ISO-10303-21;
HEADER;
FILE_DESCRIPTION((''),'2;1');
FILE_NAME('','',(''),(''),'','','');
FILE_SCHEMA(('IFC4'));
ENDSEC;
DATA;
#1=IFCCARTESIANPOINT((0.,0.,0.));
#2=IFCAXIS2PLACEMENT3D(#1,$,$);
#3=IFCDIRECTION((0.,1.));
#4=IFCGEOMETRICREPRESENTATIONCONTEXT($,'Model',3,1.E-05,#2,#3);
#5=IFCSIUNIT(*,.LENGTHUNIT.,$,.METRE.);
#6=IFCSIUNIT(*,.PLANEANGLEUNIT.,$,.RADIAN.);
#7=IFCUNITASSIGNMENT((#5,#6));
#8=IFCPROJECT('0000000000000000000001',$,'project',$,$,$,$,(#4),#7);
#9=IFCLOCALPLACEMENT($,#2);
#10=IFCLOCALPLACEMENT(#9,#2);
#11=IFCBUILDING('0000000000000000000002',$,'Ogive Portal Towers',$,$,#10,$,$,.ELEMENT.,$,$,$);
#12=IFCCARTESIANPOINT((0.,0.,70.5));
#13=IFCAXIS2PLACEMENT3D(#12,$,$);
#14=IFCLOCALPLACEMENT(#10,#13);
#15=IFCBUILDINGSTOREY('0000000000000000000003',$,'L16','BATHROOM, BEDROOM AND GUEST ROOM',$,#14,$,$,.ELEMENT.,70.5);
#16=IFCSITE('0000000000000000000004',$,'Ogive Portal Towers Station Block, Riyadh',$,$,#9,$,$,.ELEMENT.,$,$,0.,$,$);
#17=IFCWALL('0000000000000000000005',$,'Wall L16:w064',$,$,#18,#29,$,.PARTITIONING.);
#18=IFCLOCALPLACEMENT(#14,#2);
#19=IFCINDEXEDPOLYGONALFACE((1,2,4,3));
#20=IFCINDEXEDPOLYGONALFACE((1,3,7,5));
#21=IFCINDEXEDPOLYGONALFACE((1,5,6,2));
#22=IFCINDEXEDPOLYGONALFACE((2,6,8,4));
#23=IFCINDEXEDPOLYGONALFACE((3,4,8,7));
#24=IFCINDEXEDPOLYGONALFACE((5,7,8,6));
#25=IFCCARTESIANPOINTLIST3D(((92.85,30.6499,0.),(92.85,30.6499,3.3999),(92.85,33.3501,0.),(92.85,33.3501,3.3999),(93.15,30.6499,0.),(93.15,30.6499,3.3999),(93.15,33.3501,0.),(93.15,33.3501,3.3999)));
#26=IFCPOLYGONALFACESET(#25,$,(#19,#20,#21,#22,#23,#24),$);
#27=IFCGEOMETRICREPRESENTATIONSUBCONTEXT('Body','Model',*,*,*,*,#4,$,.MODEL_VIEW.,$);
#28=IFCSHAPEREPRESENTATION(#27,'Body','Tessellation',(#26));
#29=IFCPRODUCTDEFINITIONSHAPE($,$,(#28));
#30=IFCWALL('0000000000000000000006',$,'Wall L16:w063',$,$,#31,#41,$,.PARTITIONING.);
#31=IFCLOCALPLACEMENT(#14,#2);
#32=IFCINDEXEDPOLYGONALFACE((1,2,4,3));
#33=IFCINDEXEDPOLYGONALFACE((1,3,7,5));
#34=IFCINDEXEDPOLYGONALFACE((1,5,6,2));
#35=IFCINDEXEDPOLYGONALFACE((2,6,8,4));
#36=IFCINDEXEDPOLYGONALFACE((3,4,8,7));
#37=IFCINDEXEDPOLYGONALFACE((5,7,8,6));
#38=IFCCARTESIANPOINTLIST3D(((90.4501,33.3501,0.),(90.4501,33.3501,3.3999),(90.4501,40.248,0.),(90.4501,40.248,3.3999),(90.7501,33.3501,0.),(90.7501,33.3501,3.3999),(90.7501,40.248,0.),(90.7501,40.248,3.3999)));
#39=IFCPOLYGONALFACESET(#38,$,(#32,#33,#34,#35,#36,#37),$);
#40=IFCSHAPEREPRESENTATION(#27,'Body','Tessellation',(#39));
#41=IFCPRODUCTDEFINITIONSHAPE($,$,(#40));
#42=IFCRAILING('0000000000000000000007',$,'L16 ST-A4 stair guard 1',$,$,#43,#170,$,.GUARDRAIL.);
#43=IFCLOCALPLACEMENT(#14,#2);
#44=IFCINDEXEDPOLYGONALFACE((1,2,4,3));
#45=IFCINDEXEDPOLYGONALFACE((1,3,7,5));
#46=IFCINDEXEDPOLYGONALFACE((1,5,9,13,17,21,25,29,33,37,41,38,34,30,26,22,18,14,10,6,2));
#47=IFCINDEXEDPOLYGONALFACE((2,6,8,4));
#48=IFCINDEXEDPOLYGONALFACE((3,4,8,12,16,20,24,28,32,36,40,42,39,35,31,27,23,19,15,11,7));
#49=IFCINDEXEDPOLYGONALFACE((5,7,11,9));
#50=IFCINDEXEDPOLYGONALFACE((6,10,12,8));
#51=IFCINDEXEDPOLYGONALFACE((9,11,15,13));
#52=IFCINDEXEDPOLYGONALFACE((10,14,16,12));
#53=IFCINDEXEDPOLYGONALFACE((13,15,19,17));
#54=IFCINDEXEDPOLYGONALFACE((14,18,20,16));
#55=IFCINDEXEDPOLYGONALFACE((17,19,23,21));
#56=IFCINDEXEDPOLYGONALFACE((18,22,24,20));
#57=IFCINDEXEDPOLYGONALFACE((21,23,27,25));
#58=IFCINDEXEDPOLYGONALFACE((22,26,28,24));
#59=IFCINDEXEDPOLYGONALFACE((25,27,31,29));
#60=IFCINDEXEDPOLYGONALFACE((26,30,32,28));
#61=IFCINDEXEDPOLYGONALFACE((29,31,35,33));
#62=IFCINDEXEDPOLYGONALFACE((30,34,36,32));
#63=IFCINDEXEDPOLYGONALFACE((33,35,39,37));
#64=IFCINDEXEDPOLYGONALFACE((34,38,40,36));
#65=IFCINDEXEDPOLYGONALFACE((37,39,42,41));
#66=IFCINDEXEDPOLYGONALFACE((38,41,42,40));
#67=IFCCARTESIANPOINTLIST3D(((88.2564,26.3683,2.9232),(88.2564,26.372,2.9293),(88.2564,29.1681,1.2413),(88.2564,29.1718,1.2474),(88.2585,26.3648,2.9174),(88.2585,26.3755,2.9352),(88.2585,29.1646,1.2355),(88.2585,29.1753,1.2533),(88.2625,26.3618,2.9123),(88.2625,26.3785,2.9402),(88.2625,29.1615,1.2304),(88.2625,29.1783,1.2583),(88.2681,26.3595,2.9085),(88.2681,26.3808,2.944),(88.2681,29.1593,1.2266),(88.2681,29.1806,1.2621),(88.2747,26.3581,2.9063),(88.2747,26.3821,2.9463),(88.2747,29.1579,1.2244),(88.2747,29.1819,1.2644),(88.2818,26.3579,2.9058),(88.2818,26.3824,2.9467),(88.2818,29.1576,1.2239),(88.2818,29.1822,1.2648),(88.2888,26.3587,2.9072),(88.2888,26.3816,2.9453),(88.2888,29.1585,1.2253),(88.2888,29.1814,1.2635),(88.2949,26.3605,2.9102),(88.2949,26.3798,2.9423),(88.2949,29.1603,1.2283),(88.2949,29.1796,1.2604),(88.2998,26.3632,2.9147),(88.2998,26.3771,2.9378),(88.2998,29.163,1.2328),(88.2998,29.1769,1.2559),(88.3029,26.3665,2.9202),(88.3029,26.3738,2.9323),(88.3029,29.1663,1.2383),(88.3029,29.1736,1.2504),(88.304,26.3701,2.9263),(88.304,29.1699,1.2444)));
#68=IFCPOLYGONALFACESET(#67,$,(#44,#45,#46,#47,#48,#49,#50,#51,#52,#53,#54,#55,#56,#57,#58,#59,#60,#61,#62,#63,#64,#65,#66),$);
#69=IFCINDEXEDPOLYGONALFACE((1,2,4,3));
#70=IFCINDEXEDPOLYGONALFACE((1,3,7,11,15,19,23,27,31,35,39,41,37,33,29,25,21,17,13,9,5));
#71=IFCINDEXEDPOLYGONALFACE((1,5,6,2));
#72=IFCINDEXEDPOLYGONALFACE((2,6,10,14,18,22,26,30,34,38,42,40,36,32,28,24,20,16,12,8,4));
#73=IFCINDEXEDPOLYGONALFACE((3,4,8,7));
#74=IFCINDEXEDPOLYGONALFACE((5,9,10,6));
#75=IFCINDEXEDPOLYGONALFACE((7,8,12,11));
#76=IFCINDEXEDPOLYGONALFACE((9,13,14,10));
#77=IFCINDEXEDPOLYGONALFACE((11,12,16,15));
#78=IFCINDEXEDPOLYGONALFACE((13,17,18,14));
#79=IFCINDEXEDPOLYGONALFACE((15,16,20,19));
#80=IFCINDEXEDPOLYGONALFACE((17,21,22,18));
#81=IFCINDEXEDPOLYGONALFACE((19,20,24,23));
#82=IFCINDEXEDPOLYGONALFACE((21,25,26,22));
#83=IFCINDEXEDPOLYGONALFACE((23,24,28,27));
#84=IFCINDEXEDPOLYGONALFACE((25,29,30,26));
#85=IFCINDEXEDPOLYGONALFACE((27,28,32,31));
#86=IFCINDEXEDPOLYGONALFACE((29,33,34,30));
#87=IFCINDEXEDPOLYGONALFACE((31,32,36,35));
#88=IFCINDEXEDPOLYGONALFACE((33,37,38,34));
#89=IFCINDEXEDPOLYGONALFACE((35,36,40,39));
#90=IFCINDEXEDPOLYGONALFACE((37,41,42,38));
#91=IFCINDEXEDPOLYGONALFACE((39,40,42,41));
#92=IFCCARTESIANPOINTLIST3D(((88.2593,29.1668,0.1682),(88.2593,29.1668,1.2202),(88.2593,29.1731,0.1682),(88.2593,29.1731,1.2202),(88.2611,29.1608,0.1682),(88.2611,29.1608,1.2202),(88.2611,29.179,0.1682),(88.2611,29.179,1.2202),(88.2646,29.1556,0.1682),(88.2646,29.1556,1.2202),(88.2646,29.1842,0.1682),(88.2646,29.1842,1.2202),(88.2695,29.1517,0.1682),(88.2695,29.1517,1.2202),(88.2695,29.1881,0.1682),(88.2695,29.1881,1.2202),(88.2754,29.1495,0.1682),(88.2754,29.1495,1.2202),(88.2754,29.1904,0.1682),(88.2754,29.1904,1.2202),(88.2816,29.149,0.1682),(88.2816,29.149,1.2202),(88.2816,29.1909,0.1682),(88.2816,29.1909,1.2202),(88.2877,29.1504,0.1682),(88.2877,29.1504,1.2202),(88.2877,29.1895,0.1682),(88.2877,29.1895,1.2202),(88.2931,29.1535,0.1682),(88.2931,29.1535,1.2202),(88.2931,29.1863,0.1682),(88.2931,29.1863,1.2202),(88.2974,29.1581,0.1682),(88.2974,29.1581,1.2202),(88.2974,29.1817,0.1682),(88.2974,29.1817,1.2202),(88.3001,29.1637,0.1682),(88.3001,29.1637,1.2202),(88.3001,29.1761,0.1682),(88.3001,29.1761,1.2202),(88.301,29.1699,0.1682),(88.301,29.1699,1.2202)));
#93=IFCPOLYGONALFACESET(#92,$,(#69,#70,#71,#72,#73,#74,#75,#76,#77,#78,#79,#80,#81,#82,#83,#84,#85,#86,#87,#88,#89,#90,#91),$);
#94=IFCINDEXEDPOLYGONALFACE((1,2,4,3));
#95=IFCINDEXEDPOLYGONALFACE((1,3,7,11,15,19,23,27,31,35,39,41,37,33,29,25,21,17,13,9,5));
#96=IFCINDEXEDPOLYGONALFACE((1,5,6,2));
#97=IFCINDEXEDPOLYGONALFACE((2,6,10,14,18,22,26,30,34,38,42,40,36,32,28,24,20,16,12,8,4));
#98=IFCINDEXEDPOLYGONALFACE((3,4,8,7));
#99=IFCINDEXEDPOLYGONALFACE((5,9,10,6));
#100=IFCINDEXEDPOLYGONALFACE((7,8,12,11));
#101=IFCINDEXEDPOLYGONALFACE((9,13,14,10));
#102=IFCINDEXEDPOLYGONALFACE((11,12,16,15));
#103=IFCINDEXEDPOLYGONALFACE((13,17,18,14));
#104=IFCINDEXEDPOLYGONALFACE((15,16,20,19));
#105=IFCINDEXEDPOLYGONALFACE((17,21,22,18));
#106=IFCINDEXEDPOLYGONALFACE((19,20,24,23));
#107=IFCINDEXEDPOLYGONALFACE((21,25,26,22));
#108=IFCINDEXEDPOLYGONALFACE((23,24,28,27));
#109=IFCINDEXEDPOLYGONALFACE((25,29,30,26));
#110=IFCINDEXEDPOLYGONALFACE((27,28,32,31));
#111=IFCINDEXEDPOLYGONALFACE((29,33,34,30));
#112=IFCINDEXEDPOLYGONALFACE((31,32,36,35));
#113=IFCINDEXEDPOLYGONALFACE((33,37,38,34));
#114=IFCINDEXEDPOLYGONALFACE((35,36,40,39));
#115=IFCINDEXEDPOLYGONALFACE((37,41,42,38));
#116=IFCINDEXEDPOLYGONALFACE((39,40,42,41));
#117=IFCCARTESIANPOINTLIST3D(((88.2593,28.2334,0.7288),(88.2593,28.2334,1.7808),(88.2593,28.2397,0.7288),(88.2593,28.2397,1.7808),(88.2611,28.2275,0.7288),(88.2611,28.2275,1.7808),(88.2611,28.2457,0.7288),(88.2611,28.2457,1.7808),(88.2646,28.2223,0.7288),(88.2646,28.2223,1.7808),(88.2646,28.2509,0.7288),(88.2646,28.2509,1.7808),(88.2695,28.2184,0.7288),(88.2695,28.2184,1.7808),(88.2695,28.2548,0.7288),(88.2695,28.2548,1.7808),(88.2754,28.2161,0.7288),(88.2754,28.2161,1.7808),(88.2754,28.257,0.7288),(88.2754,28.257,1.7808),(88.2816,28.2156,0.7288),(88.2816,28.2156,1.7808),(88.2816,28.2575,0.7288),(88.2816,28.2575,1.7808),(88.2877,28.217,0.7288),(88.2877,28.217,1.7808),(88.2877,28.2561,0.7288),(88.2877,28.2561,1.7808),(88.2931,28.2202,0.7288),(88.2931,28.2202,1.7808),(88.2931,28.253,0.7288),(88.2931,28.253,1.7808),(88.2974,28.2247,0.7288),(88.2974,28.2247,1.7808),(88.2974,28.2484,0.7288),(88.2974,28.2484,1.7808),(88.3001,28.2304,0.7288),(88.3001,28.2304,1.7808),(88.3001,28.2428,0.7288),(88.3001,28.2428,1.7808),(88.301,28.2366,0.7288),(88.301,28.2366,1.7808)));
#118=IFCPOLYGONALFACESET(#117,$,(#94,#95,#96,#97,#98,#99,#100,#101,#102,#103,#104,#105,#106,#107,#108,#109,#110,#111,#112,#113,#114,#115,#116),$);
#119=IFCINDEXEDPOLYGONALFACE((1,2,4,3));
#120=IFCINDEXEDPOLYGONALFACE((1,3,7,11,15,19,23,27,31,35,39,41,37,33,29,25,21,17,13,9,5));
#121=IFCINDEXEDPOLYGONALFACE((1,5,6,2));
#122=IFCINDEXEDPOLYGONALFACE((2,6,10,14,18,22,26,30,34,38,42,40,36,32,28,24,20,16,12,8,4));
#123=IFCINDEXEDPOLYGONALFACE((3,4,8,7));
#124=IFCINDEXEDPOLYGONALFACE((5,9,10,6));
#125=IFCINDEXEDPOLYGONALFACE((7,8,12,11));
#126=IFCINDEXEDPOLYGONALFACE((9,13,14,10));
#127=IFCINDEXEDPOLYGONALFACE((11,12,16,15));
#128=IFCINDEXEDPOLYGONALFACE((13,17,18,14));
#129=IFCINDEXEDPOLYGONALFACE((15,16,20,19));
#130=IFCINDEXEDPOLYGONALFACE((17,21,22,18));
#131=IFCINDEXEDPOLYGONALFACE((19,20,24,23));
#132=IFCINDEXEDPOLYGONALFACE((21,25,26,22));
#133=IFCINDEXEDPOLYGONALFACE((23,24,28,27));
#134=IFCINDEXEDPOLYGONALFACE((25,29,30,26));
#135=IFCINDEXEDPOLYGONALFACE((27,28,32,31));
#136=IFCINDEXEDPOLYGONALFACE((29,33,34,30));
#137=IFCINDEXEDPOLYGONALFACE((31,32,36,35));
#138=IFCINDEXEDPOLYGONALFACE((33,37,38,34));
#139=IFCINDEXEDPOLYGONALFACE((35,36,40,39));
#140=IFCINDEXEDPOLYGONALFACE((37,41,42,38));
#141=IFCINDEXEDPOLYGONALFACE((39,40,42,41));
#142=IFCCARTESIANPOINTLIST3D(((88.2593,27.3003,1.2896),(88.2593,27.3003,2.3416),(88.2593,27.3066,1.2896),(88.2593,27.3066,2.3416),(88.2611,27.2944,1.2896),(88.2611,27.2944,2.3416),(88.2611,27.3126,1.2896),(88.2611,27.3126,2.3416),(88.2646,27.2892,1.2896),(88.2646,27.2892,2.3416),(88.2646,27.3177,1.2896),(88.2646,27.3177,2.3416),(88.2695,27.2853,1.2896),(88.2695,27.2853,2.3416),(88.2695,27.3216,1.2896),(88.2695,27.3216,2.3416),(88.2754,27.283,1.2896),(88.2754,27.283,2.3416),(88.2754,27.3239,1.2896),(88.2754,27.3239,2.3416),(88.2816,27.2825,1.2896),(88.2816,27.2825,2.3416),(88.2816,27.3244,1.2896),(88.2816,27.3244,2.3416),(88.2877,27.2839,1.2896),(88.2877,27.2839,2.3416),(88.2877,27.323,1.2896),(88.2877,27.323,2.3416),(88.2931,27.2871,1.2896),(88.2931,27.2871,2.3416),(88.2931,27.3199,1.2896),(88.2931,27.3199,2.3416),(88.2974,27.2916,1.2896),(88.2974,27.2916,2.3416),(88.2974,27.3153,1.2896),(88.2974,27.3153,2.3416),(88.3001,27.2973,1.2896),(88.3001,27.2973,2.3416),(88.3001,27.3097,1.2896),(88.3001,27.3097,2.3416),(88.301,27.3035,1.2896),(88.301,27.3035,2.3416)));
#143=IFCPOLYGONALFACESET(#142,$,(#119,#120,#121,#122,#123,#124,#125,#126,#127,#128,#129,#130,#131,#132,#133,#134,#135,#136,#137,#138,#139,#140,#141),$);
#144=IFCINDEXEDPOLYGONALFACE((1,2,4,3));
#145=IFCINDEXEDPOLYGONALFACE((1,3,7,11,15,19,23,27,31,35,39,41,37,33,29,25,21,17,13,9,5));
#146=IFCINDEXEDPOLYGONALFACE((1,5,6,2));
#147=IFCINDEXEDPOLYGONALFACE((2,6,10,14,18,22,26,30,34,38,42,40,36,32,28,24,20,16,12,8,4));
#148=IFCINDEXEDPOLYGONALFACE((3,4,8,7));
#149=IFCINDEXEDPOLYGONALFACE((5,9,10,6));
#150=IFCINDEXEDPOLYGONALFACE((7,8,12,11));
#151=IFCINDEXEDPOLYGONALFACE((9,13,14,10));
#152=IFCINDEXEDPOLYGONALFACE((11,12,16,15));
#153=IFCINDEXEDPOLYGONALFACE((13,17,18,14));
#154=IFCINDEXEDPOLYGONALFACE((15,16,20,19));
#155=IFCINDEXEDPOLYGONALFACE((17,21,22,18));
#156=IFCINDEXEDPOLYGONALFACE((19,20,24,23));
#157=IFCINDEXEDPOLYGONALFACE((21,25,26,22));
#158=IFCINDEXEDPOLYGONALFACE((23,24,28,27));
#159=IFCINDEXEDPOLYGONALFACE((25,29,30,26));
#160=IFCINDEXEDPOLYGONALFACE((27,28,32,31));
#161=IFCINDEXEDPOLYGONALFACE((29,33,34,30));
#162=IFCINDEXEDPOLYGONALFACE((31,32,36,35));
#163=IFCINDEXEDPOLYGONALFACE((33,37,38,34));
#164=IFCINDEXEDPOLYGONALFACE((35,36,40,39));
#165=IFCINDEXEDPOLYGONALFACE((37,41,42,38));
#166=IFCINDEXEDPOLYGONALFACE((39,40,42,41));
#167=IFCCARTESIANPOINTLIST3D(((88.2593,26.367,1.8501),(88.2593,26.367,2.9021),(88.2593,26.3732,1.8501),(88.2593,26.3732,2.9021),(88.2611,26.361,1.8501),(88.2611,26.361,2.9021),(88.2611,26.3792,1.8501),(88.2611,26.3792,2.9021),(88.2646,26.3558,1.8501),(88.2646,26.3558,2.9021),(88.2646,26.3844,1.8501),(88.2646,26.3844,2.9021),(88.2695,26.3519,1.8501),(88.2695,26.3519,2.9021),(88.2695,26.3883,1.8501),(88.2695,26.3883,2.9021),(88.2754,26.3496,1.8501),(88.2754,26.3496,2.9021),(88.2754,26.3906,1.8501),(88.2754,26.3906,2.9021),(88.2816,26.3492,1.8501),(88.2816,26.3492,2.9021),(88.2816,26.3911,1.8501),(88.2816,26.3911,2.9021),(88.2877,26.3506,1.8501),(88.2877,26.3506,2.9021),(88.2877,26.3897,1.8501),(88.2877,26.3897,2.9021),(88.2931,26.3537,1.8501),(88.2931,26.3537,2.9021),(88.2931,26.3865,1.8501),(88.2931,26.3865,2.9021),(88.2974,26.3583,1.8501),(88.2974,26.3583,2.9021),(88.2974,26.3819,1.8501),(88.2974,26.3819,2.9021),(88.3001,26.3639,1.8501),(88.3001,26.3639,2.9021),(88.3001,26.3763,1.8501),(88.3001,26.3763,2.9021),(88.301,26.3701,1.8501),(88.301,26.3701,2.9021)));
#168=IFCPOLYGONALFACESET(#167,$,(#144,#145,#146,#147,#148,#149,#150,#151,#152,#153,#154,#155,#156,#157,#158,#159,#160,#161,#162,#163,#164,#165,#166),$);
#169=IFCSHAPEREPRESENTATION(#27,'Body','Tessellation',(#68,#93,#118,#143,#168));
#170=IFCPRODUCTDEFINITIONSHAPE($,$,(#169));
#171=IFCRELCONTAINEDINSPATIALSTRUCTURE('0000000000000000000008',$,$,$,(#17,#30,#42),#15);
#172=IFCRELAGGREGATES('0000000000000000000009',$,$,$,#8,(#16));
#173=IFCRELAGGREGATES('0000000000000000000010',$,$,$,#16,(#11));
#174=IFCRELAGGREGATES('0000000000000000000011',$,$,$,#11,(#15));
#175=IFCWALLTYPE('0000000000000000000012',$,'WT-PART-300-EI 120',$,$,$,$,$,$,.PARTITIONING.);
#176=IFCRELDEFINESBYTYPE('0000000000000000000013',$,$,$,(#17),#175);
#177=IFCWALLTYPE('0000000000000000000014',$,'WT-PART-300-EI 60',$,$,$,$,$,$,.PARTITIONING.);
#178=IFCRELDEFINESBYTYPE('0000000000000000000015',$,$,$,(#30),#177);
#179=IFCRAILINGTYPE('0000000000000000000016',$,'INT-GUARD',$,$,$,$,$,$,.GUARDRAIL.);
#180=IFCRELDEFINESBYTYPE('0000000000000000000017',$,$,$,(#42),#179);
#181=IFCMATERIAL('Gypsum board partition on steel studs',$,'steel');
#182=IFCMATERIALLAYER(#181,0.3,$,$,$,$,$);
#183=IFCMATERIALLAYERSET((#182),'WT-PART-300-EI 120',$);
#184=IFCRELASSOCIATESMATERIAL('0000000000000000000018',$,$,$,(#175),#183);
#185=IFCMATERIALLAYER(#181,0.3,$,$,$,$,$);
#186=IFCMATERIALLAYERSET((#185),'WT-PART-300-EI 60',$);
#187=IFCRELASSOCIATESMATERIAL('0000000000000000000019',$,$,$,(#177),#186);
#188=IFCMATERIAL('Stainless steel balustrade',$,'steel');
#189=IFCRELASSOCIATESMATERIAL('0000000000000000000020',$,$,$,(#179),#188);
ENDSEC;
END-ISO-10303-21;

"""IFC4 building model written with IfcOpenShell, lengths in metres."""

from ifc_helpers import new_model, si_unit, direction, frame, frame_2d, origin, origin_2d, place, context, subcontext, project, spatial, rectangle, circle, extrude, material, layer, layer_set, type_object, element, save


model = new_model("IFC4")

# Units and contexts
model_context = context("Model", 3, precision=1e-05, world=origin(), true_north=direction((0.0, 1.0)))
body_context = subcontext(model_context, "Body", "Model", "MODEL_VIEW")
ifc_project = project(units=[si_unit("LENGTHUNIT", "METRE"), si_unit("PLANEANGLEUNIT", "RADIAN")], contexts=[model_context])

# Site, building, storey
site_placement = place(None, origin())
site = spatial("IfcSite", under=ifc_project, at=site_placement, Name="Ogive Portal Towers Station Block, Riyadh", CompositionType="ELEMENT", RefElevation=0.0)
building_placement = place(site_placement, origin())
building = spatial("IfcBuilding", under=site, at=building_placement, Name="Ogive Portal Towers", CompositionType="ELEMENT")
storey_placement = place(building_placement, frame((0.0, 0.0, 70.5)))
storey = spatial("IfcBuildingStorey", under=building, at=storey_placement, Name="L16", Description="BATHROOM, BEDROOM AND GUEST ROOM", CompositionType="ELEMENT", Elevation=70.5)

# Shared definitions
ifc_material_1 = material(Name="Gypsum board partition on steel studs", Category="steel")
ifc_layer_1 = layer(ifc_material_1, 0.3)
ifc_layer_set_1 = layer_set([ifc_layer_1], Name="WT-PART-300-EI 120")
wall_type_1 = type_object("IfcWallType", Name="WT-PART-300-EI 120", PredefinedType="PARTITIONING", material=ifc_layer_set_1)

# Walls
wall_1_placement = place(storey_placement, frame((93.0, 30.6499, 0.0), z_axis=(0.0, 0.0, 1.0), x_axis=(0.0, 1.0, 0.0)))
element("IfcWall", 1, at=wall_1_placement, inside=storey, type_object=wall_type_1, Name="Wall L16:w064", PredefinedType="PARTITIONING", context=body_context, shape_type="SweptSolid", body=[
    extrude(rectangle(XDim=2.7002, YDim=0.3, at=frame_2d((1.3501, 0.0))), origin(), (0.0, 0.0, 1.0), 3.3999),
])
ifc_layer_2 = layer(ifc_material_1, 0.3)
ifc_layer_set_2 = layer_set([ifc_layer_2], Name="WT-PART-300-EI 60")
wall_type_2 = type_object("IfcWallType", Name="WT-PART-300-EI 60", PredefinedType="PARTITIONING", material=ifc_layer_set_2)
wall_2_placement = place(storey_placement, frame((90.6001, 33.3501, 0.0), z_axis=(0.0, 0.0, 1.0), x_axis=(0.0, 1.0, 0.0)))
element("IfcWall", 2, at=wall_2_placement, inside=storey, type_object=wall_type_2, Name="Wall L16:w063", PredefinedType="PARTITIONING", context=body_context, shape_type="SweptSolid", body=[
    extrude(rectangle(XDim=6.8979, YDim=0.3, at=frame_2d((3.449, 0.0))), origin(), (0.0, 0.0, 1.0), 3.3999),
])

# Railing
ifc_material_2 = material(Name="Stainless steel balustrade", Category="steel")
railing_type_1 = type_object("IfcRailingType", Name="INT-GUARD", PredefinedType="GUARDRAIL", material=ifc_material_2)
railing_1_placement = place(storey_placement, frame((88.28, 29.1699, 0.1682)))
element("IfcRailing", 3, at=railing_1_placement, inside=storey, type_object=railing_type_1, Name="L16 ST-A4 stair guard 1", PredefinedType="GUARDRAIL", context=body_context, shape_type="SweptSolid", body=[
    extrude(circle(Radius=0.0239, at=origin_2d()), frame((0.0, 0.0, 1.0762), z_axis=(0.0, -0.857222, 0.514946), x_axis=(1.0, 0.0, 0.0)), (0.0, 0.0, 1.0), 3.2661),
    extrude(circle(Radius=0.021, at=origin_2d()), origin(), (0.0, 0.0, 1.0), 1.052),
    extrude(circle(Radius=0.021, at=origin_2d()), frame((0.0, -0.9333, 0.5605)), (0.0, 0.0, 1.0), 1.052),
    extrude(circle(Radius=0.021, at=origin_2d()), frame((0.0, -1.8665, 1.1213)), (0.0, 0.0, 1.0), 1.052),
    extrude(circle(Radius=0.021, at=origin_2d()), frame((0.0, -2.7998, 1.6819)), (0.0, 0.0, 1.0), 1.052),
])

save(model, "model.ifc")
